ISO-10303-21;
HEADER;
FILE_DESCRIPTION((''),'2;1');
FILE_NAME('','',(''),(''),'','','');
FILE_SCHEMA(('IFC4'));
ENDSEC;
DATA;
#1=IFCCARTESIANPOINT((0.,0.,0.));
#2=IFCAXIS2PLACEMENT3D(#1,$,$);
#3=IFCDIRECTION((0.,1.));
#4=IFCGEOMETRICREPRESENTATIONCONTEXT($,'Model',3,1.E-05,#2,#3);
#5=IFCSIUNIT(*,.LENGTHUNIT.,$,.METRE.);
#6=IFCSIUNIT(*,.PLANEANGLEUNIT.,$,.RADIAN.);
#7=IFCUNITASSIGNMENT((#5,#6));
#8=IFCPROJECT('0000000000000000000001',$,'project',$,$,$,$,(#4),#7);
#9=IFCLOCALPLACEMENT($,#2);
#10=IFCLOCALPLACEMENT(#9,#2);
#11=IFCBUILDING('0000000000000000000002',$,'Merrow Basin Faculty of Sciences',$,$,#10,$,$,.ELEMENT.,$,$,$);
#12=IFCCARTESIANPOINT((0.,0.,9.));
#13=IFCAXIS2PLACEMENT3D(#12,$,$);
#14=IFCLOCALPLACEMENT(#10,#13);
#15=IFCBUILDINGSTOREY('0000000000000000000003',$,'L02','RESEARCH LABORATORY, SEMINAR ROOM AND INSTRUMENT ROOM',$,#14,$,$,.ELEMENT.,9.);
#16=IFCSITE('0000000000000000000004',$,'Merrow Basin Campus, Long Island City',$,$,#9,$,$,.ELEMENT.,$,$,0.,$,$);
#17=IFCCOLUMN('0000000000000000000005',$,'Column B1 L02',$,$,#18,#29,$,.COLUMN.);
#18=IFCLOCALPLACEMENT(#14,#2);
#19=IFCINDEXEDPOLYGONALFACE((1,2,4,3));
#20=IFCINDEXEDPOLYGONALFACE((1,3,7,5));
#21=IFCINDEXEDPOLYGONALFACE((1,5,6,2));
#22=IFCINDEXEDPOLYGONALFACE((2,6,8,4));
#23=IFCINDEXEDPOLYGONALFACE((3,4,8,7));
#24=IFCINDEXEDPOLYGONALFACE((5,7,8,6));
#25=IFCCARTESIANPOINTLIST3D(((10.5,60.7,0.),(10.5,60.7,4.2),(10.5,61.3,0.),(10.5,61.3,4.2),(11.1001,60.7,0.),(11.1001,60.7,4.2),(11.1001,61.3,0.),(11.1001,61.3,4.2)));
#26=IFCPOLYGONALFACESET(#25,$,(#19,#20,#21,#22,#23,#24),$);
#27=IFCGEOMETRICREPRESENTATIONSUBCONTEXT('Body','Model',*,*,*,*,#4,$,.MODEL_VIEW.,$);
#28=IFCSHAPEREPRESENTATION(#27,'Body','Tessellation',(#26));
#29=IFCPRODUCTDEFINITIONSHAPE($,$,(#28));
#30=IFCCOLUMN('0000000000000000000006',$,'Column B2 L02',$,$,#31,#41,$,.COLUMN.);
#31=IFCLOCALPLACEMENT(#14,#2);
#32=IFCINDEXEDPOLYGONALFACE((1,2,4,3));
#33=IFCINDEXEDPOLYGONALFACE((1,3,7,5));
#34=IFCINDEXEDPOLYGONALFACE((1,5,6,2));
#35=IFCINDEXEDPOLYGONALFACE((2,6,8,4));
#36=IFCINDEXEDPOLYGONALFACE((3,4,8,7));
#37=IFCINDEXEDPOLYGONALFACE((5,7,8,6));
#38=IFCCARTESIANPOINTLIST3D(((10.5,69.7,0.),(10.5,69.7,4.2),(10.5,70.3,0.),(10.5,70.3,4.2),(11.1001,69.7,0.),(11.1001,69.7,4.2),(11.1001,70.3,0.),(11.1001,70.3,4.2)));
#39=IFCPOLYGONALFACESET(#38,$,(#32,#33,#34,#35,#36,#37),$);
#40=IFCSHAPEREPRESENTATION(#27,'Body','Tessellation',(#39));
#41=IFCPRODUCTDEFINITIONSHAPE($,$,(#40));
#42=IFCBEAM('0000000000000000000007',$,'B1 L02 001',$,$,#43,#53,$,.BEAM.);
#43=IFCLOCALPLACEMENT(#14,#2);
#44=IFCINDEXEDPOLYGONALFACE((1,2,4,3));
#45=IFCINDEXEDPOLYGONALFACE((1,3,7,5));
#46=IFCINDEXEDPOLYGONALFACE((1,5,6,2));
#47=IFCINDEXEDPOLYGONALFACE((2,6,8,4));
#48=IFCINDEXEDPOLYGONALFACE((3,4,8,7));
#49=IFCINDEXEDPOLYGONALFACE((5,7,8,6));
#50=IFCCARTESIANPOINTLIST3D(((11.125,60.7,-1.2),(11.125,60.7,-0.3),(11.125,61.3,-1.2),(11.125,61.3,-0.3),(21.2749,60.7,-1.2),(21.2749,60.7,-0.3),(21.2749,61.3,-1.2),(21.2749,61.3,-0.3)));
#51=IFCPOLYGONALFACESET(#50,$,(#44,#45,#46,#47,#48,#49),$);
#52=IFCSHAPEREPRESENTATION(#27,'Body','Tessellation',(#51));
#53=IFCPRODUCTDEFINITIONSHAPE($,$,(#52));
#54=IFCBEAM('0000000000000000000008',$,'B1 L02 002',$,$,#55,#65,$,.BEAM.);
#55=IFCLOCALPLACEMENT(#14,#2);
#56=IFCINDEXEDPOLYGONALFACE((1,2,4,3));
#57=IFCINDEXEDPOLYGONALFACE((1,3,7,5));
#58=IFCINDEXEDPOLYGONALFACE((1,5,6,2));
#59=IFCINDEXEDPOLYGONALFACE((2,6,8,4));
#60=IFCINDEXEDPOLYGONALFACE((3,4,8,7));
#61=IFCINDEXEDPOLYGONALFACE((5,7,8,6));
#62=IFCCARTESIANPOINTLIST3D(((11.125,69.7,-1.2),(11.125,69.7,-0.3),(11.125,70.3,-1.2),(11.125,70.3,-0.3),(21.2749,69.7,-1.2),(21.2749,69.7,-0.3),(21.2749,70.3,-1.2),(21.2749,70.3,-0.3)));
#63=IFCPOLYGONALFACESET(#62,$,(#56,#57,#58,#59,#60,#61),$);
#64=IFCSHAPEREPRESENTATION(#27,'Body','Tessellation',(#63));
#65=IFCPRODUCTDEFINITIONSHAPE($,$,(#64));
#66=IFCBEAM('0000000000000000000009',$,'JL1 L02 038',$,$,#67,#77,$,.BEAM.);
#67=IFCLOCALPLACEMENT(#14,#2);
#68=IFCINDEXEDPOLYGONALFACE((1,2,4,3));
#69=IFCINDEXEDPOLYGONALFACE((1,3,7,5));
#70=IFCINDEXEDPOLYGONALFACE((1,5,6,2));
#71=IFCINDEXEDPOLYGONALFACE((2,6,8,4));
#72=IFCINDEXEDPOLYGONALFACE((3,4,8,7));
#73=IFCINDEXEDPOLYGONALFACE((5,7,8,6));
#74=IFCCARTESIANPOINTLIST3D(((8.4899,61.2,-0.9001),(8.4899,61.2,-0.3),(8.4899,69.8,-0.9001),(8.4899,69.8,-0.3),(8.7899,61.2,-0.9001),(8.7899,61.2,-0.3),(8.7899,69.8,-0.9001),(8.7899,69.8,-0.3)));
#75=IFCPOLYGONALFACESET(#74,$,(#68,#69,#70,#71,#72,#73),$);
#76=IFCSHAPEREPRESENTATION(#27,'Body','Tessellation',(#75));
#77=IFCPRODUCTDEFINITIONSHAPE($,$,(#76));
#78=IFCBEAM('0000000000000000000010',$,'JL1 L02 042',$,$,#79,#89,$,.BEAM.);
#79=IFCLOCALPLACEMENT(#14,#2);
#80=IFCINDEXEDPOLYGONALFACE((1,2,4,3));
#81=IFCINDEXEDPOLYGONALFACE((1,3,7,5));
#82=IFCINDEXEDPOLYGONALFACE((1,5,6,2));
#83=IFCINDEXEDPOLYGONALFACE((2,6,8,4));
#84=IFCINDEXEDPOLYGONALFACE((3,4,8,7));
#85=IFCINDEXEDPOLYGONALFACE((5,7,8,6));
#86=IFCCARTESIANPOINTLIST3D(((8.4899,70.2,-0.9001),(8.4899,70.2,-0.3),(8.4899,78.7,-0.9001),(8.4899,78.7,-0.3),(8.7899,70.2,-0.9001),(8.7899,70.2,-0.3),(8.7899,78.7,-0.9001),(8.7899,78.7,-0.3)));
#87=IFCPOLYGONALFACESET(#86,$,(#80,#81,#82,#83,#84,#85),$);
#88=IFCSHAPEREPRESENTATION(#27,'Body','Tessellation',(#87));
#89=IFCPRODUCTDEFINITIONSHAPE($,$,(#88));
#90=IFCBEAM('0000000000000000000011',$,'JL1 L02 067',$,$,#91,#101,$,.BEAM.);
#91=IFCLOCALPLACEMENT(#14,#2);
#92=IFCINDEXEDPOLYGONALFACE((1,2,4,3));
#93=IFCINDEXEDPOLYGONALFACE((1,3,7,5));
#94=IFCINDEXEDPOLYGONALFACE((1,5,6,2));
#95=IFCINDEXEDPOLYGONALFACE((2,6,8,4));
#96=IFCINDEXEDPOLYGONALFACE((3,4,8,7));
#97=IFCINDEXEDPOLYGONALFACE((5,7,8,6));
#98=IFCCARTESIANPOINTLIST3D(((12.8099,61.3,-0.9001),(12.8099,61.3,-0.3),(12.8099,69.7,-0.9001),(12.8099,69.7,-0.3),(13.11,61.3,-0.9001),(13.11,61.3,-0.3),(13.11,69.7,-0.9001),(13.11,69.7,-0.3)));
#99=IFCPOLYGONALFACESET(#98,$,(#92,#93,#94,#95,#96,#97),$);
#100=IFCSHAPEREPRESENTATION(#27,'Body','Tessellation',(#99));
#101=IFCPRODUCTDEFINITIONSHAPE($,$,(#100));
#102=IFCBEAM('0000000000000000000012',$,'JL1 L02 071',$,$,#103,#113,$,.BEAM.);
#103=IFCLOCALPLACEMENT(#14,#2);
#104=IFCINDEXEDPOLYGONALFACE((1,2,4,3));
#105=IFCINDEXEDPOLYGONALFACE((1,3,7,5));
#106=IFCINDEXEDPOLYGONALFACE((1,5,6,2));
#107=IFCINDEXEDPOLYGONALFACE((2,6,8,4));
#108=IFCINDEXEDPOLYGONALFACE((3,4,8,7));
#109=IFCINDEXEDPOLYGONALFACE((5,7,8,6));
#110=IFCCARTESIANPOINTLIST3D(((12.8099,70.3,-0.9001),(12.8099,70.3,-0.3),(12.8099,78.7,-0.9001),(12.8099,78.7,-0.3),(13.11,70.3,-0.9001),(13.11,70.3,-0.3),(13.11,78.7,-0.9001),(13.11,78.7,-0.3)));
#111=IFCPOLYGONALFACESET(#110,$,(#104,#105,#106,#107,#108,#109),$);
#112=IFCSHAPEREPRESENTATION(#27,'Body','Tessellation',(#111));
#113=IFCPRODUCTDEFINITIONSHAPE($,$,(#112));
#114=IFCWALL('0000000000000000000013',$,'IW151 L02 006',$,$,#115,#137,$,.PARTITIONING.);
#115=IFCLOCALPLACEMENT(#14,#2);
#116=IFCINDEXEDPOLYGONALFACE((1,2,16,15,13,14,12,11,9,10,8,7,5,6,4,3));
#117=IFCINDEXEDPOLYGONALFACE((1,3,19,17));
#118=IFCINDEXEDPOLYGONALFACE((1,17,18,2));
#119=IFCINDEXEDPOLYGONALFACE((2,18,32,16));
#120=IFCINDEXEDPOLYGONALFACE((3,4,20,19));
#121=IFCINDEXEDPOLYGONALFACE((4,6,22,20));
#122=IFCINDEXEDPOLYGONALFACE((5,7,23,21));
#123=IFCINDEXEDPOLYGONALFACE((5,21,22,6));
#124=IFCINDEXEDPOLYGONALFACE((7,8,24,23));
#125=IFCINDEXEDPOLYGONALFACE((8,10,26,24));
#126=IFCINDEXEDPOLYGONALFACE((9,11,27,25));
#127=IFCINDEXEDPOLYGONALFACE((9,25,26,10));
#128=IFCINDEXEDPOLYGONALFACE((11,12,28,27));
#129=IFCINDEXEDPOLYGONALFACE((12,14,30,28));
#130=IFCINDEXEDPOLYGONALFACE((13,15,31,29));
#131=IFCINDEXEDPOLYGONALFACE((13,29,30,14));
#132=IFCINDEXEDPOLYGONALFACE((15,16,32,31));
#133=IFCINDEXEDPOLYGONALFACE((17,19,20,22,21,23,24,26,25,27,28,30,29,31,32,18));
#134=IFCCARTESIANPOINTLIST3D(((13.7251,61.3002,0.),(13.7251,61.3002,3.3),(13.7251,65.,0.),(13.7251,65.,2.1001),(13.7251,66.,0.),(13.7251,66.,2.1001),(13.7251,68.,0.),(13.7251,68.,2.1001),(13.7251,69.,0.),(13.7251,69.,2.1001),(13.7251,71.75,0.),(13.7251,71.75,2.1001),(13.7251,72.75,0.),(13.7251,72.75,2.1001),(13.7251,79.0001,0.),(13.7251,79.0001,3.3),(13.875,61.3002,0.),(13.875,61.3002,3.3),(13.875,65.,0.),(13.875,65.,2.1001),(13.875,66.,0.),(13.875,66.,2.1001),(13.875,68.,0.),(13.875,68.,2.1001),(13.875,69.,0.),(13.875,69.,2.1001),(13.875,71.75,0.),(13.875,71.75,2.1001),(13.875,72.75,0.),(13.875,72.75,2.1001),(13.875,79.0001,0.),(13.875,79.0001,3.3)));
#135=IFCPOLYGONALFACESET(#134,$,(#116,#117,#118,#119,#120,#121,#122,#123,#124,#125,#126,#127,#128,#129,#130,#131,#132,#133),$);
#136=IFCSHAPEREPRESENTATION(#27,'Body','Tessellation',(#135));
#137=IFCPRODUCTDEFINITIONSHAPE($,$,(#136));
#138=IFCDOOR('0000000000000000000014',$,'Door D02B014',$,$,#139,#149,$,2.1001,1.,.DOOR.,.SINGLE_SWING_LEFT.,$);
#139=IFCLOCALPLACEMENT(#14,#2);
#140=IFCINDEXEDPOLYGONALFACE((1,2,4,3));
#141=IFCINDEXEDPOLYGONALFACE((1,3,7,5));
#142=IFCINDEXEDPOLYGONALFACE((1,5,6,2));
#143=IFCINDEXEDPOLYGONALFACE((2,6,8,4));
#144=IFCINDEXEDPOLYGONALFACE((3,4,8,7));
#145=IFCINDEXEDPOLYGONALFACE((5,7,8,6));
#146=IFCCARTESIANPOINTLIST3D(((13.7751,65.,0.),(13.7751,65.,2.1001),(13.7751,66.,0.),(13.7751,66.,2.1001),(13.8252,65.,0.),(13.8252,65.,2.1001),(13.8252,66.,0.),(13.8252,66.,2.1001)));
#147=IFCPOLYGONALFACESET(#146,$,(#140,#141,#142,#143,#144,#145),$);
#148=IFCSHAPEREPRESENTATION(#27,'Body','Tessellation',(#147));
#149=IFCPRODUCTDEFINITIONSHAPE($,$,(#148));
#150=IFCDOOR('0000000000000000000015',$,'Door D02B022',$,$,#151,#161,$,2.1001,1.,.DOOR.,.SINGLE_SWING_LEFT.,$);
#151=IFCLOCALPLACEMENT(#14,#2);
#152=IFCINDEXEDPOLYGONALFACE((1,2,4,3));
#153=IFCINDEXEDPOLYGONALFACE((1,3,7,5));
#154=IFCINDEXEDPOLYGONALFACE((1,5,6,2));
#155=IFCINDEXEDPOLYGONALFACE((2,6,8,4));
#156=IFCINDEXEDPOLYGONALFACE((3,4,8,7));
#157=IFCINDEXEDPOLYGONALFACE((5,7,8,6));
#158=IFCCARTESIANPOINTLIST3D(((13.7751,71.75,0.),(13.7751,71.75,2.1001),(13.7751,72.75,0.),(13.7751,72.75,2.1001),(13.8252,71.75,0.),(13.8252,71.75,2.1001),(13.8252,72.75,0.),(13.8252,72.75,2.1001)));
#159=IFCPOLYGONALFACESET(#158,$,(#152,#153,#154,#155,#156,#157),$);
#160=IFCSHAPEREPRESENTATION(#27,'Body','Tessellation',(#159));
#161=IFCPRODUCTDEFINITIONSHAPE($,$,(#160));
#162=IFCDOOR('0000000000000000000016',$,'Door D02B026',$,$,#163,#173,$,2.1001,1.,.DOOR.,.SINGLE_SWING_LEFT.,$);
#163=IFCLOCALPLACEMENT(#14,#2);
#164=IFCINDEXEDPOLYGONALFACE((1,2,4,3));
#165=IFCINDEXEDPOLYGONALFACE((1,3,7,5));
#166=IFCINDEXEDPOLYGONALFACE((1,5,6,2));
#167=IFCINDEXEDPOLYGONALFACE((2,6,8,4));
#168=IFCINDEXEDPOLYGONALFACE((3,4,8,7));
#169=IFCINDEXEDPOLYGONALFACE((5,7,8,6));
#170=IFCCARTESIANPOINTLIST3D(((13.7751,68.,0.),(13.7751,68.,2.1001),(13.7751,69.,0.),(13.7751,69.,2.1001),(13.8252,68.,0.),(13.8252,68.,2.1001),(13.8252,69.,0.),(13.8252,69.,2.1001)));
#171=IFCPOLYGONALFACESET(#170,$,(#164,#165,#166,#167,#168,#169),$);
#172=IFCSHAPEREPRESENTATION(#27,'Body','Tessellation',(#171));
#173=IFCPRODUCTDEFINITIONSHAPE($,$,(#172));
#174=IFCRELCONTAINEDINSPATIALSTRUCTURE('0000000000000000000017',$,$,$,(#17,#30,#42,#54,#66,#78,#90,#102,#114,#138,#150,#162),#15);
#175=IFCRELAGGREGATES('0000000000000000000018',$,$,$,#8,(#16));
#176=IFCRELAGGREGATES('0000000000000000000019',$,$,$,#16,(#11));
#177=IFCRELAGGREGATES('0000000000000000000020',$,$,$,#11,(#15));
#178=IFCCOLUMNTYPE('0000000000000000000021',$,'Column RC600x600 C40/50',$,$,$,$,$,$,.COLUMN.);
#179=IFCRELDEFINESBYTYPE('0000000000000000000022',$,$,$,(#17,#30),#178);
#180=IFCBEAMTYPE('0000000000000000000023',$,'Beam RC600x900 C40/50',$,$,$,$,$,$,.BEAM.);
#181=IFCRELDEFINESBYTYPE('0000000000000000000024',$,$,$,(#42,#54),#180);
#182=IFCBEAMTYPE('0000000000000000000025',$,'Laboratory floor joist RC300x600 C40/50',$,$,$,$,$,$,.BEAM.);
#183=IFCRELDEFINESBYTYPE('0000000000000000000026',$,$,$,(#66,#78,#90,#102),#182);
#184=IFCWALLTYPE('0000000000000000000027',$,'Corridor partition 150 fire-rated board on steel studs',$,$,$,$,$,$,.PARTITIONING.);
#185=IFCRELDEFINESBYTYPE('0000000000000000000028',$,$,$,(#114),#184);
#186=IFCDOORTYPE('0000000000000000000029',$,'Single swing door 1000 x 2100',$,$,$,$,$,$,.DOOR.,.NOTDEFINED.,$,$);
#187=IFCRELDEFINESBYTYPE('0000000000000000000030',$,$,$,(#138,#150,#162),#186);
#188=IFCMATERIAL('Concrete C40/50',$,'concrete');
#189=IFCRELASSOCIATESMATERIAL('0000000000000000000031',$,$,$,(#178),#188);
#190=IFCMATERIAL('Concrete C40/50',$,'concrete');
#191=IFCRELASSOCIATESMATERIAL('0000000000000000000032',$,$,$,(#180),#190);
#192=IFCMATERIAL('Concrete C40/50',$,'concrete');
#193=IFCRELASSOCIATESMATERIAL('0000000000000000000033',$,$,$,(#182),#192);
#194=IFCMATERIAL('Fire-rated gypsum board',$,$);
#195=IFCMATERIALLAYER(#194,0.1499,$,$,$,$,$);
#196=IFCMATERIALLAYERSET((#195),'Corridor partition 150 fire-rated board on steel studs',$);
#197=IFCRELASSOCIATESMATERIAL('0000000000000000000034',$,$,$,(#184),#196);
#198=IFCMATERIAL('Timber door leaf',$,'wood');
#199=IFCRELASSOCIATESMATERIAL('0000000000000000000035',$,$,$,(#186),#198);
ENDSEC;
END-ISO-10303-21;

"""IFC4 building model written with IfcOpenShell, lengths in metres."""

from ifc_helpers import new_model, si_unit, direction, frame, frame_2d, origin, origin_2d, place, context, subcontext, project, spatial, rectangle, extrude, material, layer, layer_set, material_profile, profile_set, type_object, element, fill, save


model = new_model("IFC4")

# Units and contexts
model_context = context("Model", 3, precision=1e-05, world=origin(), true_north=direction((0.0, 1.0)))
body_context = subcontext(model_context, "Body", "Model", "MODEL_VIEW")
ifc_project = project(units=[si_unit("LENGTHUNIT", "METRE"), si_unit("PLANEANGLEUNIT", "RADIAN")], contexts=[model_context])

# Site, building, storey
site_placement = place(None, origin())
site = spatial("IfcSite", under=ifc_project, at=site_placement, Name="Merrow Basin Campus, Long Island City", CompositionType="ELEMENT", RefElevation=0.0)
building_placement = place(site_placement, origin())
building = spatial("IfcBuilding", under=site, at=building_placement, Name="Merrow Basin Faculty of Sciences", CompositionType="ELEMENT")
storey_placement = place(building_placement, frame((0.0, 0.0, 9.0)))
storey = spatial("IfcBuildingStorey", under=building, at=storey_placement, Name="L02", Description="RESEARCH LABORATORY, SEMINAR ROOM AND INSTRUMENT ROOM", CompositionType="ELEMENT", Elevation=9.0)

# Columns
ifc_material_1 = material(Name="Concrete C40/50", Category="concrete")
ifc_material_profile_1 = material_profile(ifc_material_1, rectangle(XDim=0.6001, YDim=0.6001, at=origin_2d()))
ifc_profile_set_1 = profile_set([ifc_material_profile_1], Name="Concrete C40/50")
column_type = type_object("IfcColumnType", Name="Column RC600x600 C40/50", PredefinedType="COLUMN", material=ifc_profile_set_1)
for number, where, z_axis, x_axis, name in (
    (1, (10.8, 61.0, 0.0), (0.0, 0.0, 1.0), (1.0, 0.0, 0.0), "Column B1 L02"),
    (2, (10.8, 70.0, 0.0), (0.0, 0.0, 1.0), (1.0, 0.0, 0.0), "Column B2 L02"),
):
    element("IfcColumn", number, at=place(storey_placement, frame(where, z_axis=z_axis, x_axis=x_axis)), inside=storey, type_object=column_type, Name=name, PredefinedType="COLUMN", context=body_context, shape_type="SweptSolid", body=[
        extrude(rectangle(XDim=0.6001, YDim=0.6001, at=origin_2d()), origin(), (0.0, 0.0, 1.0), 4.2),
    ])

# Beams
ifc_material_2 = material(Name="Concrete C40/50", Category="concrete")
ifc_material_profile_2 = material_profile(ifc_material_2, rectangle(XDim=0.6001, YDim=0.8999, at=origin_2d()))
ifc_profile_set_2 = profile_set([ifc_material_profile_2], Name="Concrete C40/50")
beam_type_1 = type_object("IfcBeamType", Name="Beam RC600x900 C40/50", PredefinedType="BEAM", material=ifc_profile_set_2)
for number, where, z_axis, x_axis, name in (
    (3, (11.125, 61.0, -0.75), (1.0, 0.0, 0.0), (0.0, 1.0, 0.0), "B1 L02 001"),
    (4, (11.125, 70.0, -0.75), (1.0, 0.0, 0.0), (0.0, 1.0, 0.0), "B1 L02 002"),
):
    element("IfcBeam", number, at=place(storey_placement, frame(where, z_axis=z_axis, x_axis=x_axis)), inside=storey, type_object=beam_type_1, Name=name, PredefinedType="BEAM", context=body_context, shape_type="SweptSolid", body=[
        extrude(rectangle(XDim=0.6001, YDim=0.8999, at=origin_2d()), origin(), (0.0, 0.0, 1.0), 10.1499),
    ])
ifc_material_3 = material(Name="Concrete C40/50", Category="concrete")
ifc_material_profile_3 = material_profile(ifc_material_3, rectangle(XDim=0.3, YDim=0.6001, at=origin_2d()))
ifc_profile_set_3 = profile_set([ifc_material_profile_3], Name="Concrete C40/50")
beam_type_2 = type_object("IfcBeamType", Name="Laboratory floor joist RC300x600 C40/50", PredefinedType="BEAM", material=ifc_profile_set_3)
beam_1_placement = place(storey_placement, frame((8.6399, 61.2, -0.6001), z_axis=(0.0, 1.0, 0.0), x_axis=(-1.0, 0.0, 0.0)))
element("IfcBeam", 5, at=beam_1_placement, inside=storey, type_object=beam_type_2, Name="JL1 L02 038", PredefinedType="BEAM", context=body_context, shape_type="SweptSolid", body=[
    extrude(rectangle(XDim=0.3, YDim=0.6001, at=origin_2d()), origin(), (0.0, 0.0, 1.0), 8.6001),
])
beam_2_placement = place(storey_placement, frame((8.6399, 70.2, -0.6001), z_axis=(0.0, 1.0, 0.0), x_axis=(-1.0, 0.0, 0.0)))
element("IfcBeam", 6, at=beam_2_placement, inside=storey, type_object=beam_type_2, Name="JL1 L02 042", PredefinedType="BEAM", context=body_context, shape_type="SweptSolid", body=[
    extrude(rectangle(XDim=0.3, YDim=0.6001, at=origin_2d()), origin(), (0.0, 0.0, 1.0), 8.5),
])
for number, where, z_axis, x_axis, name in (
    (7, (12.96, 61.3, -0.6001), (0.0, 1.0, 0.0), (-1.0, 0.0, 0.0), "JL1 L02 067"),
    (8, (12.96, 70.3, -0.6001), (0.0, 1.0, 0.0), (-1.0, 0.0, 0.0), "JL1 L02 071"),
):
    element("IfcBeam", number, at=place(storey_placement, frame(where, z_axis=z_axis, x_axis=x_axis)), inside=storey, type_object=beam_type_2, Name=name, PredefinedType="BEAM", context=body_context, shape_type="SweptSolid", body=[
        extrude(rectangle(XDim=0.3, YDim=0.6001, at=origin_2d()), origin(), (0.0, 0.0, 1.0), 8.3999),
    ])

# Wall, openings, doors
ifc_material_4 = material(Name="Fire-rated gypsum board")
ifc_layer_1 = layer(ifc_material_4, 0.1499)
ifc_layer_set_1 = layer_set([ifc_layer_1], Name="Corridor partition 150 fire-rated board on steel studs")
wall_type_1 = type_object("IfcWallType", Name="Corridor partition 150 fire-rated board on steel studs", PredefinedType="PARTITIONING", material=ifc_layer_set_1)
wall_1_placement = place(storey_placement, frame((13.8, 61.3, 0.0), z_axis=(0.0, 0.0, 1.0), x_axis=(0.0, 1.0, 0.0)))
wall_1 = element("IfcWall", 9, at=wall_1_placement, inside=storey, type_object=wall_type_1, Name="IW151 L02 006", PredefinedType="PARTITIONING", context=body_context, shape_type="SweptSolid", body=[
    extrude(rectangle(XDim=17.7, YDim=0.1499, at=frame_2d((8.8501, 0.0))), origin(), (0.0, 0.0, 1.0), 3.3),
])
opening_1_placement = place(wall_1_placement, frame((3.7, 0.0, 0.0)))
opening_1 = element("IfcOpeningElement", 10, at=opening_1_placement, cuts=wall_1, PredefinedType="OPENING", context=body_context, shape_type="SweptSolid", body=[
    extrude(rectangle(XDim=1.0, YDim=2.1001, at=frame_2d((0.5, 1.05))), frame((0.0, 0.085, 0.0), z_axis=(0.0, -1.0, 0.0), x_axis=(1.0, 0.0, 0.0)), (0.0, 0.0, 1.0), 0.1699),
])
opening_2_placement = place(wall_1_placement, frame((10.45, 0.0, 0.0)))
opening_2 = element("IfcOpeningElement", 11, at=opening_2_placement, cuts=wall_1, PredefinedType="OPENING", context=body_context, shape_type="SweptSolid", body=[
    extrude(rectangle(XDim=1.0, YDim=2.1001, at=frame_2d((0.5, 1.05))), frame((0.0, 0.085, 0.0), z_axis=(0.0, -1.0, 0.0), x_axis=(1.0, 0.0, 0.0)), (0.0, 0.0, 1.0), 0.1699),
])
opening_3_placement = place(wall_1_placement, frame((6.7, 0.0, 0.0)))
opening_3 = element("IfcOpeningElement", 12, at=opening_3_placement, cuts=wall_1, PredefinedType="OPENING", context=body_context, shape_type="SweptSolid", body=[
    extrude(rectangle(XDim=1.0, YDim=2.1001, at=frame_2d((0.5, 1.05))), frame((0.0, 0.085, 0.0), z_axis=(0.0, -1.0, 0.0), x_axis=(1.0, 0.0, 0.0)), (0.0, 0.0, 1.0), 0.1699),
])
ifc_material_5 = material(Name="Timber door leaf", Category="wood")
door_type_1 = type_object("IfcDoorType", Name="Single swing door 1000 x 2100", OperationType="NOTDEFINED", PredefinedType="DOOR", material=ifc_material_5)
door_1_placement = place(opening_1_placement, origin())
door_1 = element("IfcDoor", 13, at=door_1_placement, inside=storey, type_object=door_type_1, Name="Door D02B014", OperationType="SINGLE_SWING_LEFT", OverallHeight=2.1001, OverallWidth=1.0, PredefinedType="DOOR", context=body_context, shape_type="SweptSolid", body=[
    extrude(rectangle(XDim=1.0, YDim=2.1001, at=frame_2d((0.5, 1.05))), frame((0.0, 0.0249, 0.0), z_axis=(0.0, -1.0, 0.0), x_axis=(1.0, 0.0, 0.0)), (0.0, 0.0, 1.0), 0.05),
])
fill(opening_1, door_1)
door_2_placement = place(opening_2_placement, origin())
door_2 = element("IfcDoor", 14, at=door_2_placement, inside=storey, type_object=door_type_1, Name="Door D02B022", OperationType="SINGLE_SWING_LEFT", OverallHeight=2.1001, OverallWidth=1.0, PredefinedType="DOOR", context=body_context, shape_type="SweptSolid", body=[
    extrude(rectangle(XDim=1.0, YDim=2.1001, at=frame_2d((0.5, 1.05))), frame((0.0, 0.0249, 0.0), z_axis=(0.0, -1.0, 0.0), x_axis=(1.0, 0.0, 0.0)), (0.0, 0.0, 1.0), 0.05),
])
fill(opening_2, door_2)
door_3_placement = place(opening_3_placement, origin())
door_3 = element("IfcDoor", 15, at=door_3_placement, inside=storey, type_object=door_type_1, Name="Door D02B026", OperationType="SINGLE_SWING_LEFT", OverallHeight=2.1001, OverallWidth=1.0, PredefinedType="DOOR", context=body_context, shape_type="SweptSolid", body=[
    extrude(rectangle(XDim=1.0, YDim=2.1001, at=frame_2d((0.5, 1.05))), frame((0.0, 0.0249, 0.0), z_axis=(0.0, -1.0, 0.0), x_axis=(1.0, 0.0, 0.0)), (0.0, 0.0, 1.0), 0.05),
])
fill(opening_3, door_3)

save(model, "model.ifc")
